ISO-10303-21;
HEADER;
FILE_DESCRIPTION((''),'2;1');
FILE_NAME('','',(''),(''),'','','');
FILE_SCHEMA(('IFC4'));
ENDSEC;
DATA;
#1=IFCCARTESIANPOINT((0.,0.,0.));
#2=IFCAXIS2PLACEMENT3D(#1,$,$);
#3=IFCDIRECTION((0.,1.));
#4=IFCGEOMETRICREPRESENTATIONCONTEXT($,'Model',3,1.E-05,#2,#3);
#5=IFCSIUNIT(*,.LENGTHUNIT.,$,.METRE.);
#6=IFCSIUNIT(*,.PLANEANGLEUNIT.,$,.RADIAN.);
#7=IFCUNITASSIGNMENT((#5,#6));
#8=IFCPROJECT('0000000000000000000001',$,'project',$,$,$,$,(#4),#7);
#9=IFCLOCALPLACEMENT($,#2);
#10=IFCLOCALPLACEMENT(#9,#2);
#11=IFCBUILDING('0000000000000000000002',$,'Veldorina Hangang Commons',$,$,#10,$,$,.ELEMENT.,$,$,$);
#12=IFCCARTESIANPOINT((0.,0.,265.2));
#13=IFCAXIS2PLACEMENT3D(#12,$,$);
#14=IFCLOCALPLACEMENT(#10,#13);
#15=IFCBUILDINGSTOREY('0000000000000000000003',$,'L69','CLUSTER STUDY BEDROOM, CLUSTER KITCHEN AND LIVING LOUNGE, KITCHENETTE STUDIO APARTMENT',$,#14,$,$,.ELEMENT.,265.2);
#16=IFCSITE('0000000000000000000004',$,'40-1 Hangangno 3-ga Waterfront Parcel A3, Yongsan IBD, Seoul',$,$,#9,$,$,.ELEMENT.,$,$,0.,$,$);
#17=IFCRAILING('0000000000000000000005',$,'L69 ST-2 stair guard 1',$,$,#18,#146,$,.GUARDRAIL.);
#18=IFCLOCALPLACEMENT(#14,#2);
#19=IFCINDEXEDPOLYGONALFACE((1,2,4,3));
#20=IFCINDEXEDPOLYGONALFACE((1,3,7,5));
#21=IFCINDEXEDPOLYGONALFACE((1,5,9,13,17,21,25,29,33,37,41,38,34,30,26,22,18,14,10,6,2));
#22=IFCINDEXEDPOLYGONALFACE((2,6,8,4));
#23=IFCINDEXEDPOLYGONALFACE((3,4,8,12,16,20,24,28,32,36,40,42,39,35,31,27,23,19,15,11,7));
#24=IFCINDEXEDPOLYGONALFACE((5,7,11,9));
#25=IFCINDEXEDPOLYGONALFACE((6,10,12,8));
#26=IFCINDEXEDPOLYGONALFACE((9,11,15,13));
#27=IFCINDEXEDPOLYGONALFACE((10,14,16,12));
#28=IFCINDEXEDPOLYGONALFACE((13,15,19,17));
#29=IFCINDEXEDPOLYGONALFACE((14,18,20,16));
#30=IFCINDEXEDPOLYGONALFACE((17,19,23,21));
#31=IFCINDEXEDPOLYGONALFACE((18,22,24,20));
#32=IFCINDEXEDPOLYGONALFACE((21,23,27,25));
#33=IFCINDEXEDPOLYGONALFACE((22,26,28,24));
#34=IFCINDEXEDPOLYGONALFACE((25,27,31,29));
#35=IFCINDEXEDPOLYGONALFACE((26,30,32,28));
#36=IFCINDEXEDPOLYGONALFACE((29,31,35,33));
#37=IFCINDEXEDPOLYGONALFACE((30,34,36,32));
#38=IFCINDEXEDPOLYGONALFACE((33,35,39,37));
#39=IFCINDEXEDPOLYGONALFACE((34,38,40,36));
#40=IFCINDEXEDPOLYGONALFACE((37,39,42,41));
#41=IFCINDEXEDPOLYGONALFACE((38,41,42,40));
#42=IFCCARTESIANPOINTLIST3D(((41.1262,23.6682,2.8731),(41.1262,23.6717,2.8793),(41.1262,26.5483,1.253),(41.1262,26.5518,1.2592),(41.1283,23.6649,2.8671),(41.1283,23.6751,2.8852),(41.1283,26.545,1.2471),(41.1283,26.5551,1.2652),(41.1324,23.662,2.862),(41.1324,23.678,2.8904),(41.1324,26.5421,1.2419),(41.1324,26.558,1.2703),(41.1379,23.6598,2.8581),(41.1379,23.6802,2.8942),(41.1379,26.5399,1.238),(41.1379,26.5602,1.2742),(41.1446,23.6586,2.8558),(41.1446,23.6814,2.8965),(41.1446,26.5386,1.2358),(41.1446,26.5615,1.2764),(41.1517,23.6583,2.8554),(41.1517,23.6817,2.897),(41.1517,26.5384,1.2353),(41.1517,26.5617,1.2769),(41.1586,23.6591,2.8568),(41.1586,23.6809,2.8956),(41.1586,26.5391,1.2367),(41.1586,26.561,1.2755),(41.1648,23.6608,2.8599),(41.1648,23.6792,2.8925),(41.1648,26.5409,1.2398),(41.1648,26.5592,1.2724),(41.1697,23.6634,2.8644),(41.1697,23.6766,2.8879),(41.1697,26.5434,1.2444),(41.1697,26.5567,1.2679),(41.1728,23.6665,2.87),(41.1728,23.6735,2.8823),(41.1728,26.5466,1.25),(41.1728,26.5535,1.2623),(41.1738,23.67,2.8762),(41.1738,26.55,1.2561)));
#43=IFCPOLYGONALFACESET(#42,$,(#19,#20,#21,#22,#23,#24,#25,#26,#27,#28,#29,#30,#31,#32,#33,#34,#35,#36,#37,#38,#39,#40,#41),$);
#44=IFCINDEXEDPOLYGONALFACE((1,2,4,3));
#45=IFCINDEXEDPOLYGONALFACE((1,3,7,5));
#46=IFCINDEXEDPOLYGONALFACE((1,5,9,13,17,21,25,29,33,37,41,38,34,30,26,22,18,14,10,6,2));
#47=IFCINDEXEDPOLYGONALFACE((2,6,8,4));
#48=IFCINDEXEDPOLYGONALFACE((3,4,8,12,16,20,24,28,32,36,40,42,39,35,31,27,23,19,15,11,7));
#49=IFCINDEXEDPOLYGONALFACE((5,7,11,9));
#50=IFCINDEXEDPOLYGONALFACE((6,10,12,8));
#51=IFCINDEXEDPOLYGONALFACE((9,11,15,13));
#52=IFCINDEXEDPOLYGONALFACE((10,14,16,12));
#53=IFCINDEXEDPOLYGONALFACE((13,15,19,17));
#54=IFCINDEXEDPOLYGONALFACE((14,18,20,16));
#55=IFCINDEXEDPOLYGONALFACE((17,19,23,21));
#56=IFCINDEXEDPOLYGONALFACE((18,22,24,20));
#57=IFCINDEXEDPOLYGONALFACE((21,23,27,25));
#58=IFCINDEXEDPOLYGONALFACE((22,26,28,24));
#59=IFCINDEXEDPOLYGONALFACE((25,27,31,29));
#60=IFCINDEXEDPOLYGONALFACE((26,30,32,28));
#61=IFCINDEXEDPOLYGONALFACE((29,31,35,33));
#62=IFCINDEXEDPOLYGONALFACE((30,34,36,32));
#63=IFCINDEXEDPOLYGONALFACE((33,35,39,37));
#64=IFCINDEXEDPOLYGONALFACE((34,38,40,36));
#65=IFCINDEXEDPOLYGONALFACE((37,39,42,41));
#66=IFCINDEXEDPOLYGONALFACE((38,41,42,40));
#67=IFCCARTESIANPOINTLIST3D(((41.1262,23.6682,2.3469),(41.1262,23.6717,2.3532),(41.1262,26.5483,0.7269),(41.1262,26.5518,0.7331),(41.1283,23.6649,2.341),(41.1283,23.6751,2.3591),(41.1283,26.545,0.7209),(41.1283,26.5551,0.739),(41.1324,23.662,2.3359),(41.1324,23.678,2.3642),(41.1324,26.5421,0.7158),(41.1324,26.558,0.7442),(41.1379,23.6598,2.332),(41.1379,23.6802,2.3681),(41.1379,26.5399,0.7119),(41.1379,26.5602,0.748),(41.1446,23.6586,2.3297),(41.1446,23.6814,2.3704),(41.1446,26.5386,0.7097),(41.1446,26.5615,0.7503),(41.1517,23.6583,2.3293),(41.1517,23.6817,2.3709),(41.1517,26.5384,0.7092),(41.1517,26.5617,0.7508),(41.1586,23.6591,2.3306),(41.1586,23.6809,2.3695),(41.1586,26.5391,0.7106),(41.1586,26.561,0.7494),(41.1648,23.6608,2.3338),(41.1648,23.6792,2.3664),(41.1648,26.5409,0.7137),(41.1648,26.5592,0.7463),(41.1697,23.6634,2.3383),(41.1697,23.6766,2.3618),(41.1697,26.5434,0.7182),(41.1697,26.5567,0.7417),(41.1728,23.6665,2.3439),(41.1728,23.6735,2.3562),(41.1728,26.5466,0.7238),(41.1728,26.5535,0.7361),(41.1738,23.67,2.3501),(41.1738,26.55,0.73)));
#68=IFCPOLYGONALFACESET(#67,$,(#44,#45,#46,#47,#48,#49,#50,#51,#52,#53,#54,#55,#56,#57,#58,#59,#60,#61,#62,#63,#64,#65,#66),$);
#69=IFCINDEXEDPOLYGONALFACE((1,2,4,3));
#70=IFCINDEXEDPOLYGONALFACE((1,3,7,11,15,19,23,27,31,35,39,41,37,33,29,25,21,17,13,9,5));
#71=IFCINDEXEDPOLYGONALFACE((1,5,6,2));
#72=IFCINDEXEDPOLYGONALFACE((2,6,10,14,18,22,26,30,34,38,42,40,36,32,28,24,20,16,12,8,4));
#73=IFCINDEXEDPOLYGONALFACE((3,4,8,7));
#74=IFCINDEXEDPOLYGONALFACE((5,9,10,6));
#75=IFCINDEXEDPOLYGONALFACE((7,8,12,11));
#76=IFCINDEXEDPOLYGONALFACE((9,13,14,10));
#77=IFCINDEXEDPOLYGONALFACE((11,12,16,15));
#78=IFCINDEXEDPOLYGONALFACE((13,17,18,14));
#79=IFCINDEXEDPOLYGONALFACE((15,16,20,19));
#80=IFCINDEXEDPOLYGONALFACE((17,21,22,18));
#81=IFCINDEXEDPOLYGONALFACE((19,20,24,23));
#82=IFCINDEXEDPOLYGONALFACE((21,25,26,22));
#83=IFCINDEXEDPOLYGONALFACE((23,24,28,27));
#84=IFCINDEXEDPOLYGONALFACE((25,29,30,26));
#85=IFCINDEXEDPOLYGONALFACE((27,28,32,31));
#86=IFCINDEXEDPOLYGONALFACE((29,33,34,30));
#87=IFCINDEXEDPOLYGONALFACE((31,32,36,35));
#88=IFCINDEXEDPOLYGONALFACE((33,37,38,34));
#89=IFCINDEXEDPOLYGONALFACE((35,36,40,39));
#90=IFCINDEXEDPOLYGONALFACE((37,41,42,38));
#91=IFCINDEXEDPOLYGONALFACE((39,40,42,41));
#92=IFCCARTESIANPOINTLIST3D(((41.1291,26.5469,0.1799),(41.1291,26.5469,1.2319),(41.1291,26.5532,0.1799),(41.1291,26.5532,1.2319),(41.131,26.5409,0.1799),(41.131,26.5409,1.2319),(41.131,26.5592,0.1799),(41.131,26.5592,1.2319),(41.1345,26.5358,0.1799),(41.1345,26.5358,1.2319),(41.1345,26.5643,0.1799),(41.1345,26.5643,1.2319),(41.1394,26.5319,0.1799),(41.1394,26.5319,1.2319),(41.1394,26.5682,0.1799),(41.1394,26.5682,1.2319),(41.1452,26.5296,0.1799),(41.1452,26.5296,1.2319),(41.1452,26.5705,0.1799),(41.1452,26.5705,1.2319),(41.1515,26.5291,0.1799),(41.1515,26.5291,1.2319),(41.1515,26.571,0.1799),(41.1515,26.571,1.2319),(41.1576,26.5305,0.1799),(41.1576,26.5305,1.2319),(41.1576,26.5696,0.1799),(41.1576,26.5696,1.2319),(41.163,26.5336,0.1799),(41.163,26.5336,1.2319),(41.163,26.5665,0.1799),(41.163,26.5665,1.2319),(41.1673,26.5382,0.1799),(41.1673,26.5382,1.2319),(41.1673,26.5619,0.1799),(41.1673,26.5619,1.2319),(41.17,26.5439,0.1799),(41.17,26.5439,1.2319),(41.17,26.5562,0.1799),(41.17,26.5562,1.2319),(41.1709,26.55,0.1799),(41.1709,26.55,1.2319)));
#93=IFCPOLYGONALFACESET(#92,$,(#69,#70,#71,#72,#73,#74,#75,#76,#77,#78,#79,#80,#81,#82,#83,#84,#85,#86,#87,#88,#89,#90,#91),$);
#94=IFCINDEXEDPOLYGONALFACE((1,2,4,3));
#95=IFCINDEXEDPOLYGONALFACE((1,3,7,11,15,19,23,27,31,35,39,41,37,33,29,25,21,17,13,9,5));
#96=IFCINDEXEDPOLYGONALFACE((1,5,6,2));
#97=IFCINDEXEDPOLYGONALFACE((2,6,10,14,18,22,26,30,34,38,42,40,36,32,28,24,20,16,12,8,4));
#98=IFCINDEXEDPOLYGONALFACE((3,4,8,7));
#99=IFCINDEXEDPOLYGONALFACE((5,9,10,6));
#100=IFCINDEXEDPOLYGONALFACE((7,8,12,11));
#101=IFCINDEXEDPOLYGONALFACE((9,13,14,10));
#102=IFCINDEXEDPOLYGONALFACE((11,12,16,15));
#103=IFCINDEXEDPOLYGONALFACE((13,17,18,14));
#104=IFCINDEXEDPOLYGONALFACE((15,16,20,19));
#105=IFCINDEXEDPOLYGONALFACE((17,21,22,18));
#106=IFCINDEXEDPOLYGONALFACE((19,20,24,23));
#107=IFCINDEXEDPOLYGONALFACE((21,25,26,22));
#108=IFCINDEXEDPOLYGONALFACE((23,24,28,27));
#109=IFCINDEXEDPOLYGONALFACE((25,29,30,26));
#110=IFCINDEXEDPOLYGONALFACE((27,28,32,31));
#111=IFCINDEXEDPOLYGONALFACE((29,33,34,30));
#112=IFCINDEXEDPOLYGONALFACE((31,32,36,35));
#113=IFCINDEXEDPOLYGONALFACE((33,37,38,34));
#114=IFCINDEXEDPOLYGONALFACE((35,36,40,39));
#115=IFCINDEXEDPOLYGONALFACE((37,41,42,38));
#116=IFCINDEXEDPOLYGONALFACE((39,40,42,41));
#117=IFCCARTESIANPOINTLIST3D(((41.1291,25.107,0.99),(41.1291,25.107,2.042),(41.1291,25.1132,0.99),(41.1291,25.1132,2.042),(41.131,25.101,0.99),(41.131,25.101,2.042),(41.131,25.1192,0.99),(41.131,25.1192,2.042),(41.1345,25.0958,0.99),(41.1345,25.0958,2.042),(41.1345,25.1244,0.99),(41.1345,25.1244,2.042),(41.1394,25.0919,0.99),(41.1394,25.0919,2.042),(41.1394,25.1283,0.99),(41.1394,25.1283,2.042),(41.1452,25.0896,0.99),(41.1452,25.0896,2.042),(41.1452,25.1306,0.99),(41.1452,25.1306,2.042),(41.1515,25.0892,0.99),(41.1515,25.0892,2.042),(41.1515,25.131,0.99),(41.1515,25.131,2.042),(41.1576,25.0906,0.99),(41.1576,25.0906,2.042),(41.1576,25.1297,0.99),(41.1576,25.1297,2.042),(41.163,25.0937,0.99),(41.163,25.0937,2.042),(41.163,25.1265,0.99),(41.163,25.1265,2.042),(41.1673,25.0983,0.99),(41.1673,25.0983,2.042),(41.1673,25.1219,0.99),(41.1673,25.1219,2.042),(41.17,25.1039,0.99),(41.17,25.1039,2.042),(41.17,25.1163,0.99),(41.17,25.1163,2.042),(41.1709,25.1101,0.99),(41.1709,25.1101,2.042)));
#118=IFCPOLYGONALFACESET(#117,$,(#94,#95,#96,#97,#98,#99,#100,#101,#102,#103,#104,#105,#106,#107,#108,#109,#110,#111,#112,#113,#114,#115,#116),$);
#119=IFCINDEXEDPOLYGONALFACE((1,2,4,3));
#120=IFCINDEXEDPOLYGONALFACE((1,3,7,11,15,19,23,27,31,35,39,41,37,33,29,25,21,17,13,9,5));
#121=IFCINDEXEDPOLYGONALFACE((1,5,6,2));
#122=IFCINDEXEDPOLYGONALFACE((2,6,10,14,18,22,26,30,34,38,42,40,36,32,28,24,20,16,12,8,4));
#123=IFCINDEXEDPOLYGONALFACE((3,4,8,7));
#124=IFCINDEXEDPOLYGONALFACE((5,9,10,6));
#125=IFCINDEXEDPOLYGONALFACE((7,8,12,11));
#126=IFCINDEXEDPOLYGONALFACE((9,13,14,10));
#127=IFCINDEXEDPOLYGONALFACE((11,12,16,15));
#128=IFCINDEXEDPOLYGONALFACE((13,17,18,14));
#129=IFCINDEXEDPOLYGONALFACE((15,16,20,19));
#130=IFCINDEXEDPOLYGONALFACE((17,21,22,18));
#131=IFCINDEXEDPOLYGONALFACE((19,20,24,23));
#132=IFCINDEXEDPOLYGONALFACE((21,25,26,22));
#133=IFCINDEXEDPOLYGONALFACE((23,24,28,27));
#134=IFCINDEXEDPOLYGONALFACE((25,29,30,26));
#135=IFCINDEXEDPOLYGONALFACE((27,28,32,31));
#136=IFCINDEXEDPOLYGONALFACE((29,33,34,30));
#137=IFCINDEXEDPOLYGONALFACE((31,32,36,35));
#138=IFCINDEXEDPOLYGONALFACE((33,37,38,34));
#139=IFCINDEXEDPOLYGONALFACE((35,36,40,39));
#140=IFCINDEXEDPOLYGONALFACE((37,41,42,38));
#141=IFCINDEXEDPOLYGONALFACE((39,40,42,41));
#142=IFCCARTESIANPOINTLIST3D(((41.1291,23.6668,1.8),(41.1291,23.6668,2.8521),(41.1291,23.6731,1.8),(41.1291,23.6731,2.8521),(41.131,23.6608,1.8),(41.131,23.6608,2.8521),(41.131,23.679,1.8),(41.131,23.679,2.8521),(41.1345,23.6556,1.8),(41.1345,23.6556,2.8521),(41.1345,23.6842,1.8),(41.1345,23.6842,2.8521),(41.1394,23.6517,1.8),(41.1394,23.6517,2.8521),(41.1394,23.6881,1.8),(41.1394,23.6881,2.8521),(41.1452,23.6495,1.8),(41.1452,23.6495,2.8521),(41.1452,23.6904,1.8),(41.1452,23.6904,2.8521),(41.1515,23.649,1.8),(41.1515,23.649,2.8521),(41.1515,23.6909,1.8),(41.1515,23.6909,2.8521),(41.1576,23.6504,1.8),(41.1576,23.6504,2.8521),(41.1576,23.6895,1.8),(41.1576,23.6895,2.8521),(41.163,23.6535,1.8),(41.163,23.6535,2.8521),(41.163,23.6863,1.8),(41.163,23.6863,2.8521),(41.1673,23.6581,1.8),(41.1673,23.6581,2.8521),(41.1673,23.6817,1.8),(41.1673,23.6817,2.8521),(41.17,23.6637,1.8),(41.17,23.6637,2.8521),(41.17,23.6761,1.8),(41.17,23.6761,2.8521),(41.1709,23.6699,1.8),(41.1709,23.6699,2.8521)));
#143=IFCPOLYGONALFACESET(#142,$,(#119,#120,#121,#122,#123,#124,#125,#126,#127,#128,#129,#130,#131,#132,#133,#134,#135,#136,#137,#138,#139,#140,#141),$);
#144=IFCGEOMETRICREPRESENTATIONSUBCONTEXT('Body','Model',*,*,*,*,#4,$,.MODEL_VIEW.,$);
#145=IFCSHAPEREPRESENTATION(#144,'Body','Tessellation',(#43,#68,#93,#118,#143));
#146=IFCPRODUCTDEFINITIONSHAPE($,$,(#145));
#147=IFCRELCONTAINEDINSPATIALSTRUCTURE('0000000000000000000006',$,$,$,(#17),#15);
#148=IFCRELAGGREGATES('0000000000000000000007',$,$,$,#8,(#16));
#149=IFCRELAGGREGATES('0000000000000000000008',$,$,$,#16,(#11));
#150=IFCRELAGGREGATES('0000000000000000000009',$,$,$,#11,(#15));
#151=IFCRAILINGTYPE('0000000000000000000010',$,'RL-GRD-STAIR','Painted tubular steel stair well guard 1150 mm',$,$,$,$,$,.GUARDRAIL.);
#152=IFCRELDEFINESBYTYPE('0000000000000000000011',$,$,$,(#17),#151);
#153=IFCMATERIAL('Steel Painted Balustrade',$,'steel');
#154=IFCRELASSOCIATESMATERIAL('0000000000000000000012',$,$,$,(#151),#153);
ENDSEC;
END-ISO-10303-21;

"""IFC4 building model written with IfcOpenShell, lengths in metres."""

from ifc_helpers import new_model, si_unit, direction, frame, origin, origin_2d, place, context, subcontext, project, spatial, circle, extrude, material, type_object, element, save


model = new_model("IFC4")

# Units and contexts
model_context = context("Model", 3, precision=1e-05, world=origin(), true_north=direction((0.0, 1.0)))
body_context = subcontext(model_context, "Body", "Model", "MODEL_VIEW")
ifc_project = project(units=[si_unit("LENGTHUNIT", "METRE"), si_unit("PLANEANGLEUNIT", "RADIAN")], contexts=[model_context])

# Site, building, storey
site_placement = place(None, origin())
site = spatial("IfcSite", under=ifc_project, at=site_placement, Name="40-1 Hangangno 3-ga Waterfront Parcel A3, Yongsan IBD, Seoul", CompositionType="ELEMENT", RefElevation=0.0)
building_placement = place(site_placement, origin())
building = spatial("IfcBuilding", under=site, at=building_placement, Name="Veldorina Hangang Commons", CompositionType="ELEMENT")
storey_placement = place(building_placement, frame((0.0, 0.0, 265.2)))
storey = spatial("IfcBuildingStorey", under=building, at=storey_placement, Name="L69", Description="CLUSTER STUDY BEDROOM, CLUSTER KITCHEN AND LIVING LOUNGE, KITCHENETTE STUDIO APARTMENT", CompositionType="ELEMENT", Elevation=265.2)

# Railing
ifc_material_1 = material(Name="Steel Painted Balustrade", Category="steel")
railing_type_1 = type_object("IfcRailingType", Name="RL-GRD-STAIR", Description="Painted tubular steel stair well guard 1150 mm", PredefinedType="GUARDRAIL", material=ifc_material_1)
railing_1_placement = place(storey_placement, frame((41.1499, 26.55, 0.1799)))
element("IfcRailing", 1, at=railing_1_placement, inside=storey, type_object=railing_type_1, Name="L69 ST-2 stair guard 1", PredefinedType="GUARDRAIL", context=body_context, shape_type="SweptSolid", body=[
    extrude(circle(Radius=0.0239, at=origin_2d()), frame((0.0, 0.0, 1.0762), z_axis=(0.0, -0.87157, 0.490272), x_axis=(1.0, 0.0, 0.0)), (0.0, 0.0, 1.0), 3.3044),
    extrude(circle(Radius=0.0239, at=origin_2d()), frame((0.0, 0.0, 0.55), z_axis=(0.0, -0.87157, 0.490272), x_axis=(1.0, 0.0, 0.0)), (0.0, 0.0, 1.0), 3.3044),
    extrude(circle(Radius=0.021, at=origin_2d()), origin(), (0.0, 0.0, 1.0), 1.052),
    extrude(circle(Radius=0.021, at=origin_2d()), frame((0.0, -1.4399, 0.8101)), (0.0, 0.0, 1.0), 1.052),
    extrude(circle(Radius=0.021, at=origin_2d()), frame((0.0, -2.8801, 1.6201)), (0.0, 0.0, 1.0), 1.052),
])

save(model, "model.ifc")
